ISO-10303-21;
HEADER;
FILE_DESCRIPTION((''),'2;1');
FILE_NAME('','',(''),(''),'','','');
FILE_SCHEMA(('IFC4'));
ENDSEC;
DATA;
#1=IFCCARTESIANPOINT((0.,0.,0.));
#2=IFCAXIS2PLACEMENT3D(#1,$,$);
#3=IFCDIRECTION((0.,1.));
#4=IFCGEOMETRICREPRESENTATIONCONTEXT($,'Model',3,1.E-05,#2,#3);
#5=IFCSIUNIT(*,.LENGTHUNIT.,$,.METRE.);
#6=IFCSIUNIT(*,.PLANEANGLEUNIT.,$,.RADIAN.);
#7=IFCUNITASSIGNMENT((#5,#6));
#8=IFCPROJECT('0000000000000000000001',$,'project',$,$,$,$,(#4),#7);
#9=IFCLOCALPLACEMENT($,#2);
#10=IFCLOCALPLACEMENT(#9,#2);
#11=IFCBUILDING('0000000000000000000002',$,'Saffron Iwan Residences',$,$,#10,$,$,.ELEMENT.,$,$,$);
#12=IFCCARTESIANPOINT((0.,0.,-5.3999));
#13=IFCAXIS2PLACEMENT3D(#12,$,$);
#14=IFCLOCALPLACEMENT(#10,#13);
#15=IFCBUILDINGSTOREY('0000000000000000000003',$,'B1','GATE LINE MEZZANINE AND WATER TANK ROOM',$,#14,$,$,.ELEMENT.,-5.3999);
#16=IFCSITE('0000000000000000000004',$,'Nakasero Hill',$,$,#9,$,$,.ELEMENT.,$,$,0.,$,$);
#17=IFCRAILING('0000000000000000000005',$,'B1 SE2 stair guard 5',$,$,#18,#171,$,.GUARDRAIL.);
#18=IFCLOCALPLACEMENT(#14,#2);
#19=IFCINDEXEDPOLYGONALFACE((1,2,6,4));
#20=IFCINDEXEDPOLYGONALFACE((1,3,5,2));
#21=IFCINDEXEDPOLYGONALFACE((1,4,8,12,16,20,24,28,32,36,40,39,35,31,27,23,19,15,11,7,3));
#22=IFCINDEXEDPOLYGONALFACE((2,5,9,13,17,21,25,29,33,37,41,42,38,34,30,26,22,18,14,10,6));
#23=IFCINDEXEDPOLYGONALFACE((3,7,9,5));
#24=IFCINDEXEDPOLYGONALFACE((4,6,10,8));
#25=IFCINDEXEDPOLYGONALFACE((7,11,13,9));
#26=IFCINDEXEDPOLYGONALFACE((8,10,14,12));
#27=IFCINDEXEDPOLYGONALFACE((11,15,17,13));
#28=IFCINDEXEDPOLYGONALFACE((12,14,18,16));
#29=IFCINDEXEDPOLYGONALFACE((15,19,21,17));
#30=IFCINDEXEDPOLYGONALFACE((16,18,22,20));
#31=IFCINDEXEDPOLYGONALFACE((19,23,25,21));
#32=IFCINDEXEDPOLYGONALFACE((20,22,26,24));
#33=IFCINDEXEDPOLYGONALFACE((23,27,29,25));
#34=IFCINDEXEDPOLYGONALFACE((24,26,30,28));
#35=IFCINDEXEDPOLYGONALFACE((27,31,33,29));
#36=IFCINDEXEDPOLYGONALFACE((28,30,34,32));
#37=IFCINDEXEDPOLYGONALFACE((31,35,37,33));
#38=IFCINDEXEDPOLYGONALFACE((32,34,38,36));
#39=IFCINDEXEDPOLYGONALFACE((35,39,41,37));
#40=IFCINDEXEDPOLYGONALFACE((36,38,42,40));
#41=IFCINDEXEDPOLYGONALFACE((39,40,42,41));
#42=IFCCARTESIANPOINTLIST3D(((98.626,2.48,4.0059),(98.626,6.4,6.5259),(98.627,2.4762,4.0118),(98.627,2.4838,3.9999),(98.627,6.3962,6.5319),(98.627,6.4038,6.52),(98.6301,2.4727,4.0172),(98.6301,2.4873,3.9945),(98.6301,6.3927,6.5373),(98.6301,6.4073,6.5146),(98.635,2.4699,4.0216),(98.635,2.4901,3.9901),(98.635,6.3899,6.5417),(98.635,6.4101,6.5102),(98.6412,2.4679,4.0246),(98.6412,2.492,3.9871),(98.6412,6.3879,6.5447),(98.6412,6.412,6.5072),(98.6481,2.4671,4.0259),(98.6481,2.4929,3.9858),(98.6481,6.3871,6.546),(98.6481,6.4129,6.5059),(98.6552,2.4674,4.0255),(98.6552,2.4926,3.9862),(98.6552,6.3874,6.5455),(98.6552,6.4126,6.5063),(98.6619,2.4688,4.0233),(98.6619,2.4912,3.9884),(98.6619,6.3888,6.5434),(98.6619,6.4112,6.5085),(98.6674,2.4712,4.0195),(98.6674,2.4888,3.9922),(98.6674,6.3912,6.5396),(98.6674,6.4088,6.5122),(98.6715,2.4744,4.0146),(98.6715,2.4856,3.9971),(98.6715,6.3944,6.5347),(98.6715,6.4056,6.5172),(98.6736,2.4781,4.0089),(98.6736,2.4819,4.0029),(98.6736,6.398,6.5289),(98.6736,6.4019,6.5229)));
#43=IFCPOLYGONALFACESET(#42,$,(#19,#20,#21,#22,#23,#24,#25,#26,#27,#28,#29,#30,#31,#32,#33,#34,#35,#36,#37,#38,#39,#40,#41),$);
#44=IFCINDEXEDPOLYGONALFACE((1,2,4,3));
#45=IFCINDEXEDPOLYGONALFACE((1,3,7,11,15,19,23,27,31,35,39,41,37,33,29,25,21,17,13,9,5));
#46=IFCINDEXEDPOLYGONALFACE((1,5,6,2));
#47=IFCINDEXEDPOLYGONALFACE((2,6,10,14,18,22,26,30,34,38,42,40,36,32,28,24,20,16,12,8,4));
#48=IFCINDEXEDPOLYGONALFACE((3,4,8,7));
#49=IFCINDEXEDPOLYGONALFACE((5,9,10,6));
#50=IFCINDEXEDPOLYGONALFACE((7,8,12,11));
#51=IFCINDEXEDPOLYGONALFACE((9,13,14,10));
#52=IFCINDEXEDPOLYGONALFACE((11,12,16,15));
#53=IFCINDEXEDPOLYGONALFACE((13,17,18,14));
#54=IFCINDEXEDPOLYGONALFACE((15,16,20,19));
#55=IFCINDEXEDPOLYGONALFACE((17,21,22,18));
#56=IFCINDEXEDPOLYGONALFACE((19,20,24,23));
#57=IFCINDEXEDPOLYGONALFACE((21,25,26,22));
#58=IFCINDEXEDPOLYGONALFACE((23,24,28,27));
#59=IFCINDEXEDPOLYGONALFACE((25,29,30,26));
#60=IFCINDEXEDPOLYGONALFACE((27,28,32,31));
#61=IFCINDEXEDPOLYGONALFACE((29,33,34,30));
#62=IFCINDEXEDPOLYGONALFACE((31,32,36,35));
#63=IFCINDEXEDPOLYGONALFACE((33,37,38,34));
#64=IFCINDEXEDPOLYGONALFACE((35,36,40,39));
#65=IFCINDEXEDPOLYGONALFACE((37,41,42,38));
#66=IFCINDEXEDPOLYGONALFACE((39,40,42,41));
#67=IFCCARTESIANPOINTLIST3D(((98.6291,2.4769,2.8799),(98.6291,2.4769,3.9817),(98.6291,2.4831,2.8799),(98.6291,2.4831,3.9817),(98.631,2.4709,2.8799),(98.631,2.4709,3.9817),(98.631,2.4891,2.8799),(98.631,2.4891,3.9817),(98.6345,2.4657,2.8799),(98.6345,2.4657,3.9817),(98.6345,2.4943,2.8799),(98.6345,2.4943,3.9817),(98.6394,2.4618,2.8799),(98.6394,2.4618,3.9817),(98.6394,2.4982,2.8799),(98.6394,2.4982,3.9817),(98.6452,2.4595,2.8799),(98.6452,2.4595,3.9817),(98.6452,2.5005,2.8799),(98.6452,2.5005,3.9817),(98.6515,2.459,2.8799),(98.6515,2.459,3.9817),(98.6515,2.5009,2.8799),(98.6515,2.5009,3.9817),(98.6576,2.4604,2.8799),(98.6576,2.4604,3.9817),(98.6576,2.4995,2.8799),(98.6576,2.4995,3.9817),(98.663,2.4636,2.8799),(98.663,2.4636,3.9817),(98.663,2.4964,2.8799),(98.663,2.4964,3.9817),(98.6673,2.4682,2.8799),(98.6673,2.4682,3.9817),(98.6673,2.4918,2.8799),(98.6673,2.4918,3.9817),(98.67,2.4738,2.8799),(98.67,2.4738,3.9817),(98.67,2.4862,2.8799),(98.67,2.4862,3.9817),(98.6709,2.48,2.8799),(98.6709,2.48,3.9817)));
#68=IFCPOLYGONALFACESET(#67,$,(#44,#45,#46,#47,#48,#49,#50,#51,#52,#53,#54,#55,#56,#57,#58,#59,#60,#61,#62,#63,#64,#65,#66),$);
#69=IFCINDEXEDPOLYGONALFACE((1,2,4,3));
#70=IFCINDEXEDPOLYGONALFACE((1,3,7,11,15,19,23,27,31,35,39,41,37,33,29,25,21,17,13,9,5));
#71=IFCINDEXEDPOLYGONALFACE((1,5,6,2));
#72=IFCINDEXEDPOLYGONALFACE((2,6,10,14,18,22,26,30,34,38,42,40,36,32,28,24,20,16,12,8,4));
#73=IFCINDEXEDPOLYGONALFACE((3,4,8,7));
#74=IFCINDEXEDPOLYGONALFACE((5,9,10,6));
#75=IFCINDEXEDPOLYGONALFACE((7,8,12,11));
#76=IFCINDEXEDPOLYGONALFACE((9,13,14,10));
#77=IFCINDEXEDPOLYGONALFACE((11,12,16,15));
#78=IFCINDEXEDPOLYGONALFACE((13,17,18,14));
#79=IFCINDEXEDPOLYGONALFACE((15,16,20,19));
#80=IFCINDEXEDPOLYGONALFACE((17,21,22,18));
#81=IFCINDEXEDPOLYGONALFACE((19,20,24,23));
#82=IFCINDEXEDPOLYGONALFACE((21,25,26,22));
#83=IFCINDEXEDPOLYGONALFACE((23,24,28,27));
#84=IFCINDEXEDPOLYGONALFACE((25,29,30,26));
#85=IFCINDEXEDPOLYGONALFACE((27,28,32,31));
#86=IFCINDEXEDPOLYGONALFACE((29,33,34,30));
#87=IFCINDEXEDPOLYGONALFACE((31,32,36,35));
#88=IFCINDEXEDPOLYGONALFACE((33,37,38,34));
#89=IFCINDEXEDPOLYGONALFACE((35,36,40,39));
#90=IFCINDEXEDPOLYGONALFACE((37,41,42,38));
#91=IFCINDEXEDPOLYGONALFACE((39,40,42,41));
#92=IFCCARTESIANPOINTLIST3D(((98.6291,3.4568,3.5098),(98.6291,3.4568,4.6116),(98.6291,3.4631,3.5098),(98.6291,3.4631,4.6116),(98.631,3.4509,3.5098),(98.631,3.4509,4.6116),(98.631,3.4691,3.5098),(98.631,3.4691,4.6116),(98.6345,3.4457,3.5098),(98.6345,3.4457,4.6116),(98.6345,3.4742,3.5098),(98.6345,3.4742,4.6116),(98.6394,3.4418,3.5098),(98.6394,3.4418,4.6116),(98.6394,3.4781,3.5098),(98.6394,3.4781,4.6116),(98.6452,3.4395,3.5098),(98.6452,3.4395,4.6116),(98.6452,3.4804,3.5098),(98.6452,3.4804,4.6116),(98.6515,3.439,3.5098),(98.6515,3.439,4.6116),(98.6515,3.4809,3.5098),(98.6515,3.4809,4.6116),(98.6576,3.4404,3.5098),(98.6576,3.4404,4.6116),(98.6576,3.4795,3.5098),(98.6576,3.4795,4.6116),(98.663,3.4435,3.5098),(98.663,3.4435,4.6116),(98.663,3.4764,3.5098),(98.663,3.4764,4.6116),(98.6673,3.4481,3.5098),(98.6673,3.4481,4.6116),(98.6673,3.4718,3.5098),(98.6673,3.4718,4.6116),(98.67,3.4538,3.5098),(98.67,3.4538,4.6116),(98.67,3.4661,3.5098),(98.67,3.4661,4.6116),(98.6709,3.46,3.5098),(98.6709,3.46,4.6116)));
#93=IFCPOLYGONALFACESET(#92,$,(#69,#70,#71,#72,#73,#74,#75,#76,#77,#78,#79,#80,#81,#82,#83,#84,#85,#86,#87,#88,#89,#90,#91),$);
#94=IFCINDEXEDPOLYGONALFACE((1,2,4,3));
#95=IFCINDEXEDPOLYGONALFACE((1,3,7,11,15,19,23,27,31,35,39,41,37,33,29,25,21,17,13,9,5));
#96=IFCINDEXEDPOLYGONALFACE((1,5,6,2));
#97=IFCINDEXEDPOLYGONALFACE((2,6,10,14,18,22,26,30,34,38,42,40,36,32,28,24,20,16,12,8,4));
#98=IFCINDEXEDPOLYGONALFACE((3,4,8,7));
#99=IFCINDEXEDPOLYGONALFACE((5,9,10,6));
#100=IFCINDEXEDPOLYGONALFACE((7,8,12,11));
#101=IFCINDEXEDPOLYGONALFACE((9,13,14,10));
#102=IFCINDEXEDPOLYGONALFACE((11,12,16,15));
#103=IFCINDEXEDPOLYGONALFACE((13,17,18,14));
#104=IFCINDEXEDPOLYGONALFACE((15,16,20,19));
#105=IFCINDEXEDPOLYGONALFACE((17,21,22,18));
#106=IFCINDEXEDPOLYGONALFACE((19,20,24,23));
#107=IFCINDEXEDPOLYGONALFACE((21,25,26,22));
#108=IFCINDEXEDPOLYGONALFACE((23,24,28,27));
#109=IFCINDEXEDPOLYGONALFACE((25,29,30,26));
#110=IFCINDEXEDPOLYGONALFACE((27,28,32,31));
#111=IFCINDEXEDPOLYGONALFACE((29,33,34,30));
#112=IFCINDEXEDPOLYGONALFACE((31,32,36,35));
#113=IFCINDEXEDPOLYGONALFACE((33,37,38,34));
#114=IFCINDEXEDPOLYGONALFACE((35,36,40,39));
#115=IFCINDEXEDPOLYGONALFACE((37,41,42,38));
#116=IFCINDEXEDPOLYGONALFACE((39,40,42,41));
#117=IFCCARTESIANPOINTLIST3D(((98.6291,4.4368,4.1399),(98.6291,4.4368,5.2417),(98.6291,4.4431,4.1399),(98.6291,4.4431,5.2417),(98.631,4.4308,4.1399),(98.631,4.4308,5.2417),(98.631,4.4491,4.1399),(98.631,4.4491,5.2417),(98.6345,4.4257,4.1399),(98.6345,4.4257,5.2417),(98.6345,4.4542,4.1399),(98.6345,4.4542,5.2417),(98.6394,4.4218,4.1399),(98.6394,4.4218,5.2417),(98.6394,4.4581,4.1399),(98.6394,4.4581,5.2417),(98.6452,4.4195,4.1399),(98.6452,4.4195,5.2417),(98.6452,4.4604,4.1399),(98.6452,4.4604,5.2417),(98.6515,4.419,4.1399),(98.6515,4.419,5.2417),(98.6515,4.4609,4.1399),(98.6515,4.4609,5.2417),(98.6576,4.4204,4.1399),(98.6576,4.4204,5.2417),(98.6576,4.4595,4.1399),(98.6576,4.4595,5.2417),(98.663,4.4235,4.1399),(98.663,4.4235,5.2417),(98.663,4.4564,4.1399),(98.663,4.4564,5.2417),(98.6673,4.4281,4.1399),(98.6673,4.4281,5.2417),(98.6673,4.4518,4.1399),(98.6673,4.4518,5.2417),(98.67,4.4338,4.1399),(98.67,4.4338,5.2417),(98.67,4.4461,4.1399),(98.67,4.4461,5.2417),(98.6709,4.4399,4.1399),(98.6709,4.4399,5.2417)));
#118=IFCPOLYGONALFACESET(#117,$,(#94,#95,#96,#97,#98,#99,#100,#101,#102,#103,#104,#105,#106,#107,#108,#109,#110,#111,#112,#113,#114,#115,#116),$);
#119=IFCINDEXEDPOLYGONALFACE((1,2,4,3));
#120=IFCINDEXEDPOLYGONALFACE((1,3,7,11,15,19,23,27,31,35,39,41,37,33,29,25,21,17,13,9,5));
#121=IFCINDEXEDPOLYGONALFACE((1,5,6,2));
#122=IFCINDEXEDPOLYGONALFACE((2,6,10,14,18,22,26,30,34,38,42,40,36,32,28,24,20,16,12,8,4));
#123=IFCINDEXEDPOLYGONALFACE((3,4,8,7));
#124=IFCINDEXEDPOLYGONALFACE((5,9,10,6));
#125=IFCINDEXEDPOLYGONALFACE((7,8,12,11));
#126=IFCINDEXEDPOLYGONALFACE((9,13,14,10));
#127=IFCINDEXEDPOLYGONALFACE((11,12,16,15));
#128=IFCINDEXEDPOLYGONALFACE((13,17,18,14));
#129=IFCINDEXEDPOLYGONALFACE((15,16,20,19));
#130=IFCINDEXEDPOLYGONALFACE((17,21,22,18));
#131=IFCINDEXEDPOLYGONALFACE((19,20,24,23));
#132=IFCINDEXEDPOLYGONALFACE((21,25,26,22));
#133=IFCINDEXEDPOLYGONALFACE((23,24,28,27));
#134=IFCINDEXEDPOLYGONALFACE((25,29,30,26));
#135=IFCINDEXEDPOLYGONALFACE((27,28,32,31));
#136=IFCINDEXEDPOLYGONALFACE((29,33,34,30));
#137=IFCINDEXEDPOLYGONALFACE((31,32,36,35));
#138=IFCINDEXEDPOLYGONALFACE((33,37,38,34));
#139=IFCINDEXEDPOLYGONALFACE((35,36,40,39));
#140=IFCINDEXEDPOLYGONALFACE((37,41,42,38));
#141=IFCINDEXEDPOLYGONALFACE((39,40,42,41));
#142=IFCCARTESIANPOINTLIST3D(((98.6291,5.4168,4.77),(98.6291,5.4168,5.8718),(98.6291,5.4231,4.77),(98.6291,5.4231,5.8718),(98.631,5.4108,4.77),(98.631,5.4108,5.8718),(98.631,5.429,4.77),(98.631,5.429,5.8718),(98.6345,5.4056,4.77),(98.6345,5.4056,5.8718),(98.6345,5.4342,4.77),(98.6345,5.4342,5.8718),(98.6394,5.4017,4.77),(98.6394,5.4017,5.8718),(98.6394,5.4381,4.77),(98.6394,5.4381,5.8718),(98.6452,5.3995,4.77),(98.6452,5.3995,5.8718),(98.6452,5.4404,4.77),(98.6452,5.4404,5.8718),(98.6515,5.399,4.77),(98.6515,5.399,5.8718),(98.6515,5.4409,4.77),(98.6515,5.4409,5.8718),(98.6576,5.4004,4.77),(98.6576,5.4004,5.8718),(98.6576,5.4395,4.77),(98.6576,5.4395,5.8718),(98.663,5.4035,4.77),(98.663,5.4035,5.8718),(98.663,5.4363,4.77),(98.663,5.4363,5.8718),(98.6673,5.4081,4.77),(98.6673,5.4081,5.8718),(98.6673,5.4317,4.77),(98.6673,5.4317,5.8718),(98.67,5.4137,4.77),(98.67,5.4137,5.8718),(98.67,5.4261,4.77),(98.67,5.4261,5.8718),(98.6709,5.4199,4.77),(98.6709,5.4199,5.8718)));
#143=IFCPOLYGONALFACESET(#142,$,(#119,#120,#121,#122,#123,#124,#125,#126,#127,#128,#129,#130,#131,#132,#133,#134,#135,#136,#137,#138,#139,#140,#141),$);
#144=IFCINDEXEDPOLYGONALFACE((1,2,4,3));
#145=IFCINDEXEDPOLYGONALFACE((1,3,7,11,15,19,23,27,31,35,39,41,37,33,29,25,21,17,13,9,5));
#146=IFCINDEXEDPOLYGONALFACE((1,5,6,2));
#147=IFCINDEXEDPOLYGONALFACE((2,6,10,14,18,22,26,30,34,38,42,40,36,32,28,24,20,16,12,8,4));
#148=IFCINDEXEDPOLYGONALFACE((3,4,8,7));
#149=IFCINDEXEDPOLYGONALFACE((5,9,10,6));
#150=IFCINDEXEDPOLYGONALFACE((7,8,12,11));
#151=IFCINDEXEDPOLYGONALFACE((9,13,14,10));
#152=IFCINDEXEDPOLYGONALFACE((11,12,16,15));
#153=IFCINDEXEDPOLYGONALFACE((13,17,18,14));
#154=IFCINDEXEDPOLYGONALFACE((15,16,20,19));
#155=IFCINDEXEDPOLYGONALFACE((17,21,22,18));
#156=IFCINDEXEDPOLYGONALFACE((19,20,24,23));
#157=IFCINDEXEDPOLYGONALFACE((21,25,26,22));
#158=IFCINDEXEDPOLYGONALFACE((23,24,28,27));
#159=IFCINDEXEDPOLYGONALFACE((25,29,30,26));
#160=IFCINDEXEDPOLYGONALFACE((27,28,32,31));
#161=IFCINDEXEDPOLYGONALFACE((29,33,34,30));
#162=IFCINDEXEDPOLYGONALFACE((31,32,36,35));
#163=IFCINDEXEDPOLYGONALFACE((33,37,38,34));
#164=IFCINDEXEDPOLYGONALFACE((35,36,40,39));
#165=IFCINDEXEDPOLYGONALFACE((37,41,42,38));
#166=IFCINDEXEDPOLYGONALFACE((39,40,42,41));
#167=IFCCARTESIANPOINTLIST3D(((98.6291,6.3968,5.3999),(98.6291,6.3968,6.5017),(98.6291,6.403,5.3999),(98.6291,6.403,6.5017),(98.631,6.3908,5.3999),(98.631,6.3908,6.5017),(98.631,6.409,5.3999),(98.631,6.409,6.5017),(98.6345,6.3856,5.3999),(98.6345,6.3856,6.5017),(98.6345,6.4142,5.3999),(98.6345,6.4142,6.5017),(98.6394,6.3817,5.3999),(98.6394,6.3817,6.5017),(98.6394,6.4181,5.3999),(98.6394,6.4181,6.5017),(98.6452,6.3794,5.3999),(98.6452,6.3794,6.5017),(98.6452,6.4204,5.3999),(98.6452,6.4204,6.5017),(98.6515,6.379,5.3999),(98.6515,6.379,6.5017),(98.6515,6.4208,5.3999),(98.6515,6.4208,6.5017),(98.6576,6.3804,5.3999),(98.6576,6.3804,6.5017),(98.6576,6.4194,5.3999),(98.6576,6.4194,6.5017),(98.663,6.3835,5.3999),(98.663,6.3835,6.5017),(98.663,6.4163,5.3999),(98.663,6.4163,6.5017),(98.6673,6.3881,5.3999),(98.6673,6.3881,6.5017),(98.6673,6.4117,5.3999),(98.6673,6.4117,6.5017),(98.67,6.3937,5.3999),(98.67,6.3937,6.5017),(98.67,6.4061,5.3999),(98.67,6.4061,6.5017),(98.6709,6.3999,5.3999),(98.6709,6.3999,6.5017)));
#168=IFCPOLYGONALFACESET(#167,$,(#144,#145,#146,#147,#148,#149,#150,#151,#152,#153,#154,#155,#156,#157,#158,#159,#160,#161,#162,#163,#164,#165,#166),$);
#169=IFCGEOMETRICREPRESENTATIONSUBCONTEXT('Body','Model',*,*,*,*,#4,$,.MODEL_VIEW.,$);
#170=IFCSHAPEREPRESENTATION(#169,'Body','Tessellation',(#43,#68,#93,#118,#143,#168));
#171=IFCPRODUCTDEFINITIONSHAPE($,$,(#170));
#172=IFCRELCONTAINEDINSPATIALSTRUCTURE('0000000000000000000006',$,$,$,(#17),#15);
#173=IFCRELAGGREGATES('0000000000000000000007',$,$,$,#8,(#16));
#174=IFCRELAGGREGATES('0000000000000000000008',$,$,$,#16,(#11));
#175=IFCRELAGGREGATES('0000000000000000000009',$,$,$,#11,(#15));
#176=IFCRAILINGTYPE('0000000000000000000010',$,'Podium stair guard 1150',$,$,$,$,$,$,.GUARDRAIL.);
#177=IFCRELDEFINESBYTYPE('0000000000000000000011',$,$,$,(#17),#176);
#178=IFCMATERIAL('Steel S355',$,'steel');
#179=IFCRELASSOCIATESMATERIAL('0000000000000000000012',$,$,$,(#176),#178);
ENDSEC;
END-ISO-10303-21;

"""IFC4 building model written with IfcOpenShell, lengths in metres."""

from ifc_helpers import new_model, si_unit, direction, frame, origin, origin_2d, place, context, subcontext, project, spatial, circle, extrude, material, type_object, element, save


model = new_model("IFC4")

# Units and contexts
model_context = context("Model", 3, precision=1e-05, world=origin(), true_north=direction((0.0, 1.0)))
body_context = subcontext(model_context, "Body", "Model", "MODEL_VIEW")
ifc_project = project(units=[si_unit("LENGTHUNIT", "METRE"), si_unit("PLANEANGLEUNIT", "RADIAN")], contexts=[model_context])

# Site, building, storey
site_placement = place(None, origin())
site = spatial("IfcSite", under=ifc_project, at=site_placement, Name="Nakasero Hill", CompositionType="ELEMENT", RefElevation=0.0)
building_placement = place(site_placement, origin())
building = spatial("IfcBuilding", under=site, at=building_placement, Name="Saffron Iwan Residences", CompositionType="ELEMENT")
storey_placement = place(building_placement, frame((0.0, 0.0, -5.3999)))
storey = spatial("IfcBuildingStorey", under=building, at=storey_placement, Name="B1", Description="GATE LINE MEZZANINE AND WATER TANK ROOM", CompositionType="ELEMENT", Elevation=-5.3999)

# Railing
ifc_material_1 = material(Name="Steel S355", Category="steel")
railing_type_1 = type_object("IfcRailingType", Name="Podium stair guard 1150", PredefinedType="GUARDRAIL", material=ifc_material_1)
railing_1_placement = place(storey_placement, frame((98.6499, 2.48, 2.8799)))
element("IfcRailing", 1, at=railing_1_placement, inside=storey, type_object=railing_type_1, Name="B1 SE2 stair guard 5", PredefinedType="GUARDRAIL", context=body_context, shape_type="SweptSolid", body=[
    extrude(circle(Radius=0.0239, at=origin_2d()), frame((0.0, 0.0, 1.126), z_axis=(0.0, 0.841172, 0.540768), x_axis=(-1.0, 0.0, 0.0)), (0.0, 0.0, 1.0), 4.6602),
    extrude(circle(Radius=0.021, at=origin_2d()), origin(), (0.0, 0.0, 1.0), 1.1018),
    extrude(circle(Radius=0.021, at=origin_2d()), frame((0.0, 0.98, 0.6299)), (0.0, 0.0, 1.0), 1.1018),
    extrude(circle(Radius=0.021, at=origin_2d()), frame((0.0, 1.96, 1.26)), (0.0, 0.0, 1.0), 1.1018),
    extrude(circle(Radius=0.021, at=origin_2d()), frame((0.0, 2.9399, 1.8901)), (0.0, 0.0, 1.0), 1.1018),
    extrude(circle(Radius=0.021, at=origin_2d()), frame((0.0, 3.9199, 2.52)), (0.0, 0.0, 1.0), 1.1018),
])

save(model, "model.ifc")
